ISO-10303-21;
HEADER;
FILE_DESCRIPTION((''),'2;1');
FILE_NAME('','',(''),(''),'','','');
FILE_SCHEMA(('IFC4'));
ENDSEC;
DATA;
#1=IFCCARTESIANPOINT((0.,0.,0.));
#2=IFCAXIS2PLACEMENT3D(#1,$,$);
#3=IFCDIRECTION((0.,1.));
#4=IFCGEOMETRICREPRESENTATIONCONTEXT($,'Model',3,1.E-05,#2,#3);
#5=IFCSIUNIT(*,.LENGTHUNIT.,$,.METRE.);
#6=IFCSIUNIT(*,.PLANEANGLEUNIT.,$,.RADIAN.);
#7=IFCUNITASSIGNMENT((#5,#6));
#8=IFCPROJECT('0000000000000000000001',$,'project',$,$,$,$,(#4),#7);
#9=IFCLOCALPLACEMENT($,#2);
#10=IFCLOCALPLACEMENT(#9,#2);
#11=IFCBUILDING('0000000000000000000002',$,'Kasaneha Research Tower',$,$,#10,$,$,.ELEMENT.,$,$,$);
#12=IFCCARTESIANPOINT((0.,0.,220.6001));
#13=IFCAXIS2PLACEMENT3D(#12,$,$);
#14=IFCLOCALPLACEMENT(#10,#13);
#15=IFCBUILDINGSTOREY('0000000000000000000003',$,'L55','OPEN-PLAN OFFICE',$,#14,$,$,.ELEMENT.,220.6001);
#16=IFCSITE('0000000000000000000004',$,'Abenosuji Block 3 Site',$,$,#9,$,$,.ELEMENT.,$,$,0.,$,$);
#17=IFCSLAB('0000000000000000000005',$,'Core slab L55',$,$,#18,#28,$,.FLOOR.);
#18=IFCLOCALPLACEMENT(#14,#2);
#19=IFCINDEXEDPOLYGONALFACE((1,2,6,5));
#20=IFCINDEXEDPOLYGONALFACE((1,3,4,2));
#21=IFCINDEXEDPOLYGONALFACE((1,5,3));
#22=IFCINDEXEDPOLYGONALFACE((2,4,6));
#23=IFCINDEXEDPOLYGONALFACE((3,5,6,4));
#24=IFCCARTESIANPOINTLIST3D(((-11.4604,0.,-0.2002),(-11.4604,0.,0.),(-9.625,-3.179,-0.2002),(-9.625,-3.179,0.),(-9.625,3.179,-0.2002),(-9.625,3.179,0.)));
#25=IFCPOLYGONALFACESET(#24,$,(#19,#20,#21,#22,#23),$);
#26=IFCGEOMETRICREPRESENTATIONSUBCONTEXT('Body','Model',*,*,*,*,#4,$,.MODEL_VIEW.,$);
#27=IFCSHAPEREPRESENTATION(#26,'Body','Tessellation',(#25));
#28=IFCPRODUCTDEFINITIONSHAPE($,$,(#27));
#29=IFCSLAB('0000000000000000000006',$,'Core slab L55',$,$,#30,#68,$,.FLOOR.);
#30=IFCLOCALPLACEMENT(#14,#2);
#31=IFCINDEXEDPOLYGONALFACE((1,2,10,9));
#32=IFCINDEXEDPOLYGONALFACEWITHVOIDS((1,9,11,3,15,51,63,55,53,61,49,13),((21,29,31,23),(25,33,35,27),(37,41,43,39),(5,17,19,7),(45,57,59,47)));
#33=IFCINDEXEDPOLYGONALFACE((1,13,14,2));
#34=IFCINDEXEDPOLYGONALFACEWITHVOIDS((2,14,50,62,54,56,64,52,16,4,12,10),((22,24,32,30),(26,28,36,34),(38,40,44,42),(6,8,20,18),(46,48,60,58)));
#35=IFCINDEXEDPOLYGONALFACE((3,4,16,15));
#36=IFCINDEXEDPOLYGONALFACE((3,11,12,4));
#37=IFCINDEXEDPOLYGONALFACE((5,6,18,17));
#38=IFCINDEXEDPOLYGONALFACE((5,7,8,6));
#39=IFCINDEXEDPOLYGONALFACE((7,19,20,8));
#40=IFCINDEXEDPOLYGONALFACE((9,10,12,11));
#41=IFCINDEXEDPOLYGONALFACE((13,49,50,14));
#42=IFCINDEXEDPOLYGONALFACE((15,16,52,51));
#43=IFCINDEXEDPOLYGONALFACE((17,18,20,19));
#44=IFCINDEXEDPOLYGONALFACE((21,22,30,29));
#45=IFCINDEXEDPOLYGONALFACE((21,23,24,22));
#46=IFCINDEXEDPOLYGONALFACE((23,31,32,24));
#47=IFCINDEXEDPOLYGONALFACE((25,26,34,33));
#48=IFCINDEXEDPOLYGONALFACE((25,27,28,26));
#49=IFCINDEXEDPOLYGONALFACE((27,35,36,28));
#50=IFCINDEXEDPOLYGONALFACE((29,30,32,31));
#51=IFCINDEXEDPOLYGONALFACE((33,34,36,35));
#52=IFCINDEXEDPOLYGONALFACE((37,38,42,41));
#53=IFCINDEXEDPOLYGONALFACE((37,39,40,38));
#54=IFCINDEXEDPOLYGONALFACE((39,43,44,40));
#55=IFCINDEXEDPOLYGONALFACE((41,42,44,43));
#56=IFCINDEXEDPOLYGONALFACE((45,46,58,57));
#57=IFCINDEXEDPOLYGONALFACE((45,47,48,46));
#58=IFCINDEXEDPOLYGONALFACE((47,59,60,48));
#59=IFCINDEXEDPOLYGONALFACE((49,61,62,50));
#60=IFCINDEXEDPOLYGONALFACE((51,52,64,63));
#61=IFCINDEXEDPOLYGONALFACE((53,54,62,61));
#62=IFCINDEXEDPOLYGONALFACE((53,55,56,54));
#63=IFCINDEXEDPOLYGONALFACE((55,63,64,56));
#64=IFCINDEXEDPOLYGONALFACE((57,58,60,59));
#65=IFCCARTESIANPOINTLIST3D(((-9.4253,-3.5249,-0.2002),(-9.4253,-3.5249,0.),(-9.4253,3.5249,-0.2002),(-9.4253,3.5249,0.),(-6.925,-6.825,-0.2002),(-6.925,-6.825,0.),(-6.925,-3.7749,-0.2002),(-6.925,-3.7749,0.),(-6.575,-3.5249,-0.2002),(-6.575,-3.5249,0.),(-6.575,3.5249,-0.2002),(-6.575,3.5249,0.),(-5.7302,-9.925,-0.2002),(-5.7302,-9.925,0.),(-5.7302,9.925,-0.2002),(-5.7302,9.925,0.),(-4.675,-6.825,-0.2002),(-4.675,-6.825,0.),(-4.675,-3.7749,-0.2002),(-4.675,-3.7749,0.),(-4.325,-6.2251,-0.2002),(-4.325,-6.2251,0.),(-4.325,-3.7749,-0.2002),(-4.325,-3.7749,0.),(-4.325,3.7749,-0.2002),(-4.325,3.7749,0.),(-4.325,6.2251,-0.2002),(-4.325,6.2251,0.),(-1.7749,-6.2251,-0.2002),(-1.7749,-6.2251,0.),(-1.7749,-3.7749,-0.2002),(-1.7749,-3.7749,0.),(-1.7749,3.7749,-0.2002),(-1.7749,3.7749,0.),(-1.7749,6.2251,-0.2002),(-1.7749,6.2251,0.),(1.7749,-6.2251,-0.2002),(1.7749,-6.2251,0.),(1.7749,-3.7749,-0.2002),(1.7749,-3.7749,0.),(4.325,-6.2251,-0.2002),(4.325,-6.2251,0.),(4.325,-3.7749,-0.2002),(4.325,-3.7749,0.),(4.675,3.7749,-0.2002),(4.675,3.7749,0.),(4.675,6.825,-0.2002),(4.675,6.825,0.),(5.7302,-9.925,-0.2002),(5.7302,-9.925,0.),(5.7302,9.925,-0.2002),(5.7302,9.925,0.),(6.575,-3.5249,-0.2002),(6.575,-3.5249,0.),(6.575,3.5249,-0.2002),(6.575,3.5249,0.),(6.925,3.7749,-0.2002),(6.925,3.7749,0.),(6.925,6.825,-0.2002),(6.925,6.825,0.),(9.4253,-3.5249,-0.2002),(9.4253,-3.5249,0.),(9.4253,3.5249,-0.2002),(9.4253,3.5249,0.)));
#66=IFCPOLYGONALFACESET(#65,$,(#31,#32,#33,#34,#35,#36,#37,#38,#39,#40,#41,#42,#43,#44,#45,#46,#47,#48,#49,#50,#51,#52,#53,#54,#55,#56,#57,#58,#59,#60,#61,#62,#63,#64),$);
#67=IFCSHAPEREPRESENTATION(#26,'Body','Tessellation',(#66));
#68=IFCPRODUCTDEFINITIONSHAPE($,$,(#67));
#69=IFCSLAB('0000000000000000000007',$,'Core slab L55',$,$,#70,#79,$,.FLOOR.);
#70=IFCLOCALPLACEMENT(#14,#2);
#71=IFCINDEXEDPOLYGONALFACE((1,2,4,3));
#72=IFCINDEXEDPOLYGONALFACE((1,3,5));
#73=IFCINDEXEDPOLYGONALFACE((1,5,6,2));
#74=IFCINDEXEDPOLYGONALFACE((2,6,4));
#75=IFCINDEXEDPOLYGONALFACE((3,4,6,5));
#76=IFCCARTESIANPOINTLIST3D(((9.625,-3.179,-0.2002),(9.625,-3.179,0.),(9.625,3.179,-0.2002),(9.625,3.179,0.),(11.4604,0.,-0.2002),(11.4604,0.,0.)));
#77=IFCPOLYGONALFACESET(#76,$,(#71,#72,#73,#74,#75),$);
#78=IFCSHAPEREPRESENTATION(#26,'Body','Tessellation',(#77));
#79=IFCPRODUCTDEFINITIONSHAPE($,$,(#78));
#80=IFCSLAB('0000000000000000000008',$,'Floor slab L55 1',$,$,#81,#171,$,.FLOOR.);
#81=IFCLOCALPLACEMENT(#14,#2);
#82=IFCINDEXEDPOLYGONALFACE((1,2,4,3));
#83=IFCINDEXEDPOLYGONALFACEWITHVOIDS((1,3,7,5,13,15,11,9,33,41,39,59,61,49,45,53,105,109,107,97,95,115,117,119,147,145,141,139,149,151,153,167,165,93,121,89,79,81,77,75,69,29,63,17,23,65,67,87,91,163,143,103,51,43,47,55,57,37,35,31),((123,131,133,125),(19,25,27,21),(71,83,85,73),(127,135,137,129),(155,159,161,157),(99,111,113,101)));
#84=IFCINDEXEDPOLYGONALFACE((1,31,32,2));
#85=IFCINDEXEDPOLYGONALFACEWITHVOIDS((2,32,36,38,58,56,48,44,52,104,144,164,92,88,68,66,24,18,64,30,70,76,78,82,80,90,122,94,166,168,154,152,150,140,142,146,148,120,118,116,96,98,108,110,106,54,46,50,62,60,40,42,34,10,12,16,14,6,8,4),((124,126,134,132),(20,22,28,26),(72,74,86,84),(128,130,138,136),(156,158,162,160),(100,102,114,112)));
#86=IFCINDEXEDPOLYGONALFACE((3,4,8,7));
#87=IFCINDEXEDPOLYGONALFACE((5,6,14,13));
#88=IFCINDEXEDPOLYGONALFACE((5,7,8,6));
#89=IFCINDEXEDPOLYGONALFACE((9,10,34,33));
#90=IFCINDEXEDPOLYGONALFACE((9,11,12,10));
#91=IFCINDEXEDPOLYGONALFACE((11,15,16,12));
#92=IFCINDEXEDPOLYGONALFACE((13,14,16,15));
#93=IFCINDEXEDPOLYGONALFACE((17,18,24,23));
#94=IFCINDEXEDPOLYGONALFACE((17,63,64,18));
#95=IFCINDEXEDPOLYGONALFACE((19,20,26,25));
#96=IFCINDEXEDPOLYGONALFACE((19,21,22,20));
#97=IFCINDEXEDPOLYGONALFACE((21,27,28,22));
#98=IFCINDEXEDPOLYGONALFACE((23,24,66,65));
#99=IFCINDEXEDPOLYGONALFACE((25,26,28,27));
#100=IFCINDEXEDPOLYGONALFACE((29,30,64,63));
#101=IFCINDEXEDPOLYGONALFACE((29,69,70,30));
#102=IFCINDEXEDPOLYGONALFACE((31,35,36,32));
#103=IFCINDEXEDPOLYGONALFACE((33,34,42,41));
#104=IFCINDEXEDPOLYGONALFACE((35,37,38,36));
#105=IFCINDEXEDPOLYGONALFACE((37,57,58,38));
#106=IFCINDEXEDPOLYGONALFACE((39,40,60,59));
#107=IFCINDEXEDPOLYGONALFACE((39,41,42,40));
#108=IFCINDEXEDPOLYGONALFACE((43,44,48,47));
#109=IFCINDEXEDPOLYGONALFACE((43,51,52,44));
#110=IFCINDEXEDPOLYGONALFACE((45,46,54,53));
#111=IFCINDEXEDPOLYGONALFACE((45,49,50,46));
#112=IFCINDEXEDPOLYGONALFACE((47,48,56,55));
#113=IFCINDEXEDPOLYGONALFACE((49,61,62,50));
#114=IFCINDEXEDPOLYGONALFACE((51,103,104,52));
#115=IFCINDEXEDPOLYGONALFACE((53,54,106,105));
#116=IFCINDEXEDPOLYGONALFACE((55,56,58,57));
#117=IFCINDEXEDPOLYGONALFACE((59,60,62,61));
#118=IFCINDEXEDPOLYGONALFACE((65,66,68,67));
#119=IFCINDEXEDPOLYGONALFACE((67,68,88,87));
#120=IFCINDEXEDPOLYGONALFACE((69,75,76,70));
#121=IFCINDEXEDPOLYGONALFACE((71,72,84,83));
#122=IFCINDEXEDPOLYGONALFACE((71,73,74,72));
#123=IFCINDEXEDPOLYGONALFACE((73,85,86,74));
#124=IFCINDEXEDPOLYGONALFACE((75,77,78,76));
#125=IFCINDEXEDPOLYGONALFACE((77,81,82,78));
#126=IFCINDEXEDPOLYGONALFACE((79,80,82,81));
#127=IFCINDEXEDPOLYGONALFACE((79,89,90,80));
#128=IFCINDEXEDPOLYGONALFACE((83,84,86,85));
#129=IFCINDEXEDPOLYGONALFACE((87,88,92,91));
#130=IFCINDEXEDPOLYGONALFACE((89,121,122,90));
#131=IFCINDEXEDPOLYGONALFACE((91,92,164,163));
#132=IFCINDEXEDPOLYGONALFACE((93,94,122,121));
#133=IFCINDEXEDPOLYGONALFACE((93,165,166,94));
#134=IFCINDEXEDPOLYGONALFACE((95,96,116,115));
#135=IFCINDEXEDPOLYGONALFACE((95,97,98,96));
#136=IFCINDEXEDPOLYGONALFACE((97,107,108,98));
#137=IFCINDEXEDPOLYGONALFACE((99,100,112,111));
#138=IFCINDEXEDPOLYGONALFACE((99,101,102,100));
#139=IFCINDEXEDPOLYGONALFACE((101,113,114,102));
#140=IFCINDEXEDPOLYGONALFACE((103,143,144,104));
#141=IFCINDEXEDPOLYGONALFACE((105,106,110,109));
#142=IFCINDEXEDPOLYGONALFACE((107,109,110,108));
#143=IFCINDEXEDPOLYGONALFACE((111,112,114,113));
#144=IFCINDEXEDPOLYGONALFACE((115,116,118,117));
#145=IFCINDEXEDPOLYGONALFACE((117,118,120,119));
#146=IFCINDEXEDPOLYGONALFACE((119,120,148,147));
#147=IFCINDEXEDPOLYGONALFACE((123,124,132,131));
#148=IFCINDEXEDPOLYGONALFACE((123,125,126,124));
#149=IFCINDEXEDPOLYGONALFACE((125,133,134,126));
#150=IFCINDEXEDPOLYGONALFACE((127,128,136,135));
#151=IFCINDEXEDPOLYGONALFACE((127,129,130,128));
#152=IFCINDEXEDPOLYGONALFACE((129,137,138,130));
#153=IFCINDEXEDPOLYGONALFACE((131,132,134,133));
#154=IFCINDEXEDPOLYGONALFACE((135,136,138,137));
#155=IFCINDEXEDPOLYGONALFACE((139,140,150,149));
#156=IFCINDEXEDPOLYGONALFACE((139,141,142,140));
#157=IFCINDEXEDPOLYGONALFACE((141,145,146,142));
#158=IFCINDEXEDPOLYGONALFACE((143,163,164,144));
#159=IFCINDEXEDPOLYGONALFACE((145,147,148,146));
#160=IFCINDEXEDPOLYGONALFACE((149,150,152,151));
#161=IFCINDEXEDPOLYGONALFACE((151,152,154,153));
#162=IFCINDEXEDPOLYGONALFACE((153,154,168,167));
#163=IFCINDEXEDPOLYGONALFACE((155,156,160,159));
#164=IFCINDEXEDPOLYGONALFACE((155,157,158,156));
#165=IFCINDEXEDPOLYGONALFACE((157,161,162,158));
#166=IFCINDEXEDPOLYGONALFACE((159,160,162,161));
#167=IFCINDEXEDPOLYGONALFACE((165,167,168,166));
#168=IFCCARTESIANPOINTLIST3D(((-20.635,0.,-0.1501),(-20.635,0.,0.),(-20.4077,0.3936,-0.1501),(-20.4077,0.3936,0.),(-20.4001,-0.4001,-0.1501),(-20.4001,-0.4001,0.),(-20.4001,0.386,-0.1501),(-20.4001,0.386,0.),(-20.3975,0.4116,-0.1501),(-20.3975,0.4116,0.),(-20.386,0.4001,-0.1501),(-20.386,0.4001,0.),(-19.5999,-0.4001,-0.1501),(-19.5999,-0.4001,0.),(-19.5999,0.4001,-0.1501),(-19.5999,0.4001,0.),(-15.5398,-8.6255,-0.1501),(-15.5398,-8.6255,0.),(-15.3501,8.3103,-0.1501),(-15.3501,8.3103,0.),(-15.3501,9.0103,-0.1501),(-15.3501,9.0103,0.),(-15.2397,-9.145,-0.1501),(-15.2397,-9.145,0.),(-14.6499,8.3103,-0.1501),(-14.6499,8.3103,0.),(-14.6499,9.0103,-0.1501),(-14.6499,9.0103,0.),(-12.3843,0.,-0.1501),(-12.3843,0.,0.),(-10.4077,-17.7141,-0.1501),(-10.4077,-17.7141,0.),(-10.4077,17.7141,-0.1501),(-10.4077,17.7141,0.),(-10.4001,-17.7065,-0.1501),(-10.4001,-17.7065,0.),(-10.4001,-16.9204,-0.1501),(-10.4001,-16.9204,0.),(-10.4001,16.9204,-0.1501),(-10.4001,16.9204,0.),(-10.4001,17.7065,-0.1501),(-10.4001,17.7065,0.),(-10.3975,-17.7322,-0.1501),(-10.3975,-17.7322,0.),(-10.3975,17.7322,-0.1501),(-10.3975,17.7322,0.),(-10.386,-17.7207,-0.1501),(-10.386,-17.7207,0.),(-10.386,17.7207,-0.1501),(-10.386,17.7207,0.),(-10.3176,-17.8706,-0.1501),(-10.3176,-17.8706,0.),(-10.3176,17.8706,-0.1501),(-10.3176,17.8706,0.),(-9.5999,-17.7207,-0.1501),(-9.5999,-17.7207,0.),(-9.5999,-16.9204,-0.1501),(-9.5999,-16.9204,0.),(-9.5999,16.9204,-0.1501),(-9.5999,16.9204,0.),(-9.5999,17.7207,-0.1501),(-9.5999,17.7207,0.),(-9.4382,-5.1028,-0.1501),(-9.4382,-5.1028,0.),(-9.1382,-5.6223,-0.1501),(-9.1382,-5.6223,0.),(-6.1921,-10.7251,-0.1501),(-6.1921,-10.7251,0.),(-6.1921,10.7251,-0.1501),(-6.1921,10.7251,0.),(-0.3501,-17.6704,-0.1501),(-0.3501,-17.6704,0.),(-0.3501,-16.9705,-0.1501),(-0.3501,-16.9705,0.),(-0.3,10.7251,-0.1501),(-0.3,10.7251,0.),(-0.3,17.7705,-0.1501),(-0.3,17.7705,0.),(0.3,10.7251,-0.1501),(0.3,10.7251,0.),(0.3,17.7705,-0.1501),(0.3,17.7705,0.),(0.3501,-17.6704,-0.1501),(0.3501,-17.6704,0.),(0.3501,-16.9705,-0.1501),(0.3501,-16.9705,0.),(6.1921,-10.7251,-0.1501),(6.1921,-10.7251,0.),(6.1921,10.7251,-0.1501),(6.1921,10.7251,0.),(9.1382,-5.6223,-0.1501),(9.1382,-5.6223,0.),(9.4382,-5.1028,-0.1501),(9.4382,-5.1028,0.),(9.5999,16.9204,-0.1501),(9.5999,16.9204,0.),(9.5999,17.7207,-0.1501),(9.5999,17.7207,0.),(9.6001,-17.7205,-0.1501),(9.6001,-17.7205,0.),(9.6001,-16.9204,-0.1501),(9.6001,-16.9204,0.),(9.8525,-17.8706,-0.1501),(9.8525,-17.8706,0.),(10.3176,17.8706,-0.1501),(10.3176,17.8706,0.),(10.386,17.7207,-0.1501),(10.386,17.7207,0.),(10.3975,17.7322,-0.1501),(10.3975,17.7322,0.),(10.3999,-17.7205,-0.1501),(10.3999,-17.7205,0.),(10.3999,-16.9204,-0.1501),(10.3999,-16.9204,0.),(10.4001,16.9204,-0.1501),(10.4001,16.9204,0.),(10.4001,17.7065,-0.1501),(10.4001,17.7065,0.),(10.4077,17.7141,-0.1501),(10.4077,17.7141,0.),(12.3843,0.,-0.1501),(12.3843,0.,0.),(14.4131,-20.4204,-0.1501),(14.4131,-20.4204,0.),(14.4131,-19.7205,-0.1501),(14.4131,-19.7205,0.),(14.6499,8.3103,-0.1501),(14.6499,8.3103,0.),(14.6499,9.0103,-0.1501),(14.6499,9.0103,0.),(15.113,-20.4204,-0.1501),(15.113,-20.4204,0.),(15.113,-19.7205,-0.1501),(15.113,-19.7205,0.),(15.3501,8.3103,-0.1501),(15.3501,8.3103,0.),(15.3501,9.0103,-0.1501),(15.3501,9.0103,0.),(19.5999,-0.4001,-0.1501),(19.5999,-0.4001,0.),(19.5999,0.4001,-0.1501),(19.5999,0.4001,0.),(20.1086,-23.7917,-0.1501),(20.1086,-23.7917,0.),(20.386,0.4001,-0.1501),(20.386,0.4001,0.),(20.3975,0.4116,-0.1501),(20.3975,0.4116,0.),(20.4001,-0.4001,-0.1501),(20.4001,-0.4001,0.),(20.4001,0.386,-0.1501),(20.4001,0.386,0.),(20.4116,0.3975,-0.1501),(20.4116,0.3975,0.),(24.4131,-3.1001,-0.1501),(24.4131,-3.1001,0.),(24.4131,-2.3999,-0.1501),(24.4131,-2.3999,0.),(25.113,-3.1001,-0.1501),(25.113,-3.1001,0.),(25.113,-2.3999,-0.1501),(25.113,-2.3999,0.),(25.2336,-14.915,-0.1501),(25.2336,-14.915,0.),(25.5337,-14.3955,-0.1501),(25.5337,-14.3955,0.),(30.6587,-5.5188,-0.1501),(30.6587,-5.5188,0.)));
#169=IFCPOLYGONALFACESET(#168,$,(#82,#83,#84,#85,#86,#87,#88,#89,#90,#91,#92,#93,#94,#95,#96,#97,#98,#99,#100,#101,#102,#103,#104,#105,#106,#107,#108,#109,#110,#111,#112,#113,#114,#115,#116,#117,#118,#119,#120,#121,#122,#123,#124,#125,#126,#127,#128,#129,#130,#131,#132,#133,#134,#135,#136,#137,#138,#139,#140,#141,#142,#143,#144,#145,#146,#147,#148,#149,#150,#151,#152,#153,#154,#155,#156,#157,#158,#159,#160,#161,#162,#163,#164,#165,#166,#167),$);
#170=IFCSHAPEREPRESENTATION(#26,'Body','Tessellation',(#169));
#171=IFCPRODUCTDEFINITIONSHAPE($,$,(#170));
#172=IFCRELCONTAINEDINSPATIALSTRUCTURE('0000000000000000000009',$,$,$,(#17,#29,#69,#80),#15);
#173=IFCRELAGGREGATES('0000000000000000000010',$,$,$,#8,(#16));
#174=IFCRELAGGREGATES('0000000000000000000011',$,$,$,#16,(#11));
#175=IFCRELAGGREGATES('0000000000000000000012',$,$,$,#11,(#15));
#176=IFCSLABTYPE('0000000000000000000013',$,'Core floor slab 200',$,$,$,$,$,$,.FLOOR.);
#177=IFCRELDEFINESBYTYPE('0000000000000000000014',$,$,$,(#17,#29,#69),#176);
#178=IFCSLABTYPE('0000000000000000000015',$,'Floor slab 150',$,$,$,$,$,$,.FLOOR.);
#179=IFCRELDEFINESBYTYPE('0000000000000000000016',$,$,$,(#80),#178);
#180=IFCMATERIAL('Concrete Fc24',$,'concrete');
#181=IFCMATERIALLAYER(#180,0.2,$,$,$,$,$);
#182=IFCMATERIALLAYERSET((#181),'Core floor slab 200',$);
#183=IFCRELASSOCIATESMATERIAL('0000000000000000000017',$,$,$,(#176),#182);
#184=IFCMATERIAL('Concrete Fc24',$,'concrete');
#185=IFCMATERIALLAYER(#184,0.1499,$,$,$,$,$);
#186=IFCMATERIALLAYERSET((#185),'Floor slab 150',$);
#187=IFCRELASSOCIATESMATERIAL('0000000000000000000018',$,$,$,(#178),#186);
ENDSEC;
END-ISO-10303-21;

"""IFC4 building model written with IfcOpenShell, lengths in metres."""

from ifc_helpers import new_model, si_unit, direction, frame, origin, place, context, subcontext, project, spatial, polyline, outline, extrude, material, layer, layer_set, type_object, element, save


model = new_model("IFC4")

# Units and contexts
model_context = context("Model", 3, precision=1e-05, world=origin(), true_north=direction((0.0, 1.0)))
body_context = subcontext(model_context, "Body", "Model", "MODEL_VIEW")
ifc_project = project(units=[si_unit("LENGTHUNIT", "METRE"), si_unit("PLANEANGLEUNIT", "RADIAN")], contexts=[model_context])

# Site, building, storey
site_placement = place(None, origin())
site = spatial("IfcSite", under=ifc_project, at=site_placement, Name="Abenosuji Block 3 Site", CompositionType="ELEMENT", RefElevation=0.0)
building_placement = place(site_placement, origin())
building = spatial("IfcBuilding", under=site, at=building_placement, Name="Kasaneha Research Tower", CompositionType="ELEMENT")
storey_placement = place(building_placement, frame((0.0, 0.0, 220.6001)))
storey = spatial("IfcBuildingStorey", under=building, at=storey_placement, Name="L55", Description="OPEN-PLAN OFFICE", CompositionType="ELEMENT", Elevation=220.6001)

# Slabs
ifc_material_1 = material(Name="Concrete Fc24", Category="concrete")
ifc_layer_1 = layer(ifc_material_1, 0.2)
ifc_layer_set_1 = layer_set([ifc_layer_1], Name="Core floor slab 200")
slab_type_1 = type_object("IfcSlabType", Name="Core floor slab 200", PredefinedType="FLOOR", material=ifc_layer_set_1)
slab_1_placement = place(storey_placement, frame((0.0, 0.0, -0.2002)))
element("IfcSlab", 1, at=slab_1_placement, inside=storey, type_object=slab_type_1, Name="Core slab L55", PredefinedType="FLOOR", context=body_context, shape_type="SweptSolid", body=[
    extrude(outline(polyline([(-11.4604, 0.0), (-9.625, 3.179), (-9.625, -3.179), (-11.4604, 0.0)])), origin(), (0.0, 0.0, 1.0), 0.2002),
])
slab_2_placement = place(storey_placement, frame((0.0, 0.0, -0.2002)))
element("IfcSlab", 2, at=slab_2_placement, inside=storey, type_object=slab_type_1, Name="Core slab L55", PredefinedType="FLOOR", context=body_context, shape_type="SweptSolid", body=[
    extrude(outline(polyline([(-5.7302, 9.925), (5.7302, 9.925), (9.4253, 3.5249), (6.575, 3.5249), (6.575, -3.5249), (9.4253, -3.5249), (5.7302, -9.925), (-5.7302, -9.925), (-9.4253, -3.5249), (-6.575, -3.5249), (-6.575, 3.5249), (-9.4253, 3.5249), (-5.7302, 9.925)]), holes=[polyline([(-6.925, -6.825), (-4.675, -6.825), (-4.675, -3.7749), (-6.925, -3.7749), (-6.925, -6.825)]), polyline([(-4.325, -3.7749), (-4.325, -6.2251), (-1.7749, -6.2251), (-1.7749, -3.7749), (-4.325, -3.7749)]), polyline([(1.7749, -3.7749), (1.7749, -6.2251), (4.325, -6.2251), (4.325, -3.7749), (1.7749, -3.7749)]), polyline([(-4.325, 6.2251), (-4.325, 3.7749), (-1.7749, 3.7749), (-1.7749, 6.2251), (-4.325, 6.2251)]), polyline([(4.675, 6.825), (4.675, 3.7749), (6.925, 3.7749), (6.925, 6.825), (4.675, 6.825)])]), origin(), (0.0, 0.0, 1.0), 0.2002),
])
slab_3_placement = place(storey_placement, frame((0.0, 0.0, -0.2002)))
element("IfcSlab", 3, at=slab_3_placement, inside=storey, type_object=slab_type_1, Name="Core slab L55", PredefinedType="FLOOR", context=body_context, shape_type="SweptSolid", body=[
    extrude(outline(polyline([(11.4604, 0.0), (9.625, -3.179), (9.625, 3.179), (11.4604, 0.0)])), origin(), (0.0, 0.0, 1.0), 0.2002),
])
ifc_material_2 = material(Name="Concrete Fc24", Category="concrete")
ifc_layer_2 = layer(ifc_material_2, 0.1499)
ifc_layer_set_2 = layer_set([ifc_layer_2], Name="Floor slab 150")
slab_type_2 = type_object("IfcSlabType", Name="Floor slab 150", PredefinedType="FLOOR", material=ifc_layer_set_2)
slab_4_placement = place(storey_placement, frame((0.0, 0.0, -0.1501)))
element("IfcSlab", 4, at=slab_4_placement, inside=storey, type_object=slab_type_2, Name="Floor slab L55 1", PredefinedType="FLOOR", context=body_context, shape_type="SweptSolid", body=[
    extrude(outline(polyline([(-10.3176, -17.8706), (-10.3975, -17.7322), (-10.386, -17.7207), (-9.5999, -17.7207), (-9.5999, -16.9204), (-10.4001, -16.9204), (-10.4001, -17.7065), (-10.4077, -17.7141), (-20.635, 0.0), (-20.4077, 0.3936), (-20.4001, 0.386), (-20.4001, -0.4001), (-19.5999, -0.4001), (-19.5999, 0.4001), (-20.386, 0.4001), (-20.3975, 0.4116), (-10.4077, 17.7141), (-10.4001, 17.7065), (-10.4001, 16.9204), (-9.5999, 16.9204), (-9.5999, 17.7207), (-10.386, 17.7207), (-10.3975, 17.7322), (-10.3176, 17.8706), (10.3176, 17.8706), (10.3975, 17.7322), (10.386, 17.7207), (9.5999, 17.7207), (9.5999, 16.9204), (10.4001, 16.9204), (10.4001, 17.7065), (10.4077, 17.7141), (20.3975, 0.4116), (20.386, 0.4001), (19.5999, 0.4001), (19.5999, -0.4001), (20.4001, -0.4001), (20.4001, 0.386), (20.4116, 0.3975), (30.6587, -5.5188), (25.5337, -14.3955), (9.4382, -5.1028), (12.3843, 0.0), (6.1921, 10.7251), (0.3, 10.7251), (0.3, 17.7705), (-0.3, 17.7705), (-0.3, 10.7251), (-6.1921, 10.7251), (-12.3843, 0.0), (-9.4382, -5.1028), (-15.5398, -8.6255), (-15.2397, -9.145), (-9.1382, -5.6223), (-6.1921, -10.7251), (6.1921, -10.7251), (9.1382, -5.6223), (25.2336, -14.915), (20.1086, -23.7917), (9.8525, -17.8706), (-10.3176, -17.8706)]), holes=[polyline([(-0.3501, -17.6704), (0.3501, -17.6704), (0.3501, -16.9705), (-0.3501, -16.9705), (-0.3501, -17.6704)]), polyline([(-15.3501, 8.3103), (-14.6499, 8.3103), (-14.6499, 9.0103), (-15.3501, 9.0103), (-15.3501, 8.3103)]), polyline([(14.4131, -20.4204), (15.113, -20.4204), (15.113, -19.7205), (14.4131, -19.7205), (14.4131, -20.4204)]), polyline([(9.6001, -17.7205), (10.3999, -17.7205), (10.3999, -16.9204), (9.6001, -16.9204), (9.6001, -17.7205)]), polyline([(24.4131, -3.1001), (25.113, -3.1001), (25.113, -2.3999), (24.4131, -2.3999), (24.4131, -3.1001)]), polyline([(14.6499, 9.0103), (14.6499, 8.3103), (15.3501, 8.3103), (15.3501, 9.0103), (14.6499, 9.0103)])]), origin(), (0.0, 0.0, 1.0), 0.1501),
])

save(model, "model.ifc")
